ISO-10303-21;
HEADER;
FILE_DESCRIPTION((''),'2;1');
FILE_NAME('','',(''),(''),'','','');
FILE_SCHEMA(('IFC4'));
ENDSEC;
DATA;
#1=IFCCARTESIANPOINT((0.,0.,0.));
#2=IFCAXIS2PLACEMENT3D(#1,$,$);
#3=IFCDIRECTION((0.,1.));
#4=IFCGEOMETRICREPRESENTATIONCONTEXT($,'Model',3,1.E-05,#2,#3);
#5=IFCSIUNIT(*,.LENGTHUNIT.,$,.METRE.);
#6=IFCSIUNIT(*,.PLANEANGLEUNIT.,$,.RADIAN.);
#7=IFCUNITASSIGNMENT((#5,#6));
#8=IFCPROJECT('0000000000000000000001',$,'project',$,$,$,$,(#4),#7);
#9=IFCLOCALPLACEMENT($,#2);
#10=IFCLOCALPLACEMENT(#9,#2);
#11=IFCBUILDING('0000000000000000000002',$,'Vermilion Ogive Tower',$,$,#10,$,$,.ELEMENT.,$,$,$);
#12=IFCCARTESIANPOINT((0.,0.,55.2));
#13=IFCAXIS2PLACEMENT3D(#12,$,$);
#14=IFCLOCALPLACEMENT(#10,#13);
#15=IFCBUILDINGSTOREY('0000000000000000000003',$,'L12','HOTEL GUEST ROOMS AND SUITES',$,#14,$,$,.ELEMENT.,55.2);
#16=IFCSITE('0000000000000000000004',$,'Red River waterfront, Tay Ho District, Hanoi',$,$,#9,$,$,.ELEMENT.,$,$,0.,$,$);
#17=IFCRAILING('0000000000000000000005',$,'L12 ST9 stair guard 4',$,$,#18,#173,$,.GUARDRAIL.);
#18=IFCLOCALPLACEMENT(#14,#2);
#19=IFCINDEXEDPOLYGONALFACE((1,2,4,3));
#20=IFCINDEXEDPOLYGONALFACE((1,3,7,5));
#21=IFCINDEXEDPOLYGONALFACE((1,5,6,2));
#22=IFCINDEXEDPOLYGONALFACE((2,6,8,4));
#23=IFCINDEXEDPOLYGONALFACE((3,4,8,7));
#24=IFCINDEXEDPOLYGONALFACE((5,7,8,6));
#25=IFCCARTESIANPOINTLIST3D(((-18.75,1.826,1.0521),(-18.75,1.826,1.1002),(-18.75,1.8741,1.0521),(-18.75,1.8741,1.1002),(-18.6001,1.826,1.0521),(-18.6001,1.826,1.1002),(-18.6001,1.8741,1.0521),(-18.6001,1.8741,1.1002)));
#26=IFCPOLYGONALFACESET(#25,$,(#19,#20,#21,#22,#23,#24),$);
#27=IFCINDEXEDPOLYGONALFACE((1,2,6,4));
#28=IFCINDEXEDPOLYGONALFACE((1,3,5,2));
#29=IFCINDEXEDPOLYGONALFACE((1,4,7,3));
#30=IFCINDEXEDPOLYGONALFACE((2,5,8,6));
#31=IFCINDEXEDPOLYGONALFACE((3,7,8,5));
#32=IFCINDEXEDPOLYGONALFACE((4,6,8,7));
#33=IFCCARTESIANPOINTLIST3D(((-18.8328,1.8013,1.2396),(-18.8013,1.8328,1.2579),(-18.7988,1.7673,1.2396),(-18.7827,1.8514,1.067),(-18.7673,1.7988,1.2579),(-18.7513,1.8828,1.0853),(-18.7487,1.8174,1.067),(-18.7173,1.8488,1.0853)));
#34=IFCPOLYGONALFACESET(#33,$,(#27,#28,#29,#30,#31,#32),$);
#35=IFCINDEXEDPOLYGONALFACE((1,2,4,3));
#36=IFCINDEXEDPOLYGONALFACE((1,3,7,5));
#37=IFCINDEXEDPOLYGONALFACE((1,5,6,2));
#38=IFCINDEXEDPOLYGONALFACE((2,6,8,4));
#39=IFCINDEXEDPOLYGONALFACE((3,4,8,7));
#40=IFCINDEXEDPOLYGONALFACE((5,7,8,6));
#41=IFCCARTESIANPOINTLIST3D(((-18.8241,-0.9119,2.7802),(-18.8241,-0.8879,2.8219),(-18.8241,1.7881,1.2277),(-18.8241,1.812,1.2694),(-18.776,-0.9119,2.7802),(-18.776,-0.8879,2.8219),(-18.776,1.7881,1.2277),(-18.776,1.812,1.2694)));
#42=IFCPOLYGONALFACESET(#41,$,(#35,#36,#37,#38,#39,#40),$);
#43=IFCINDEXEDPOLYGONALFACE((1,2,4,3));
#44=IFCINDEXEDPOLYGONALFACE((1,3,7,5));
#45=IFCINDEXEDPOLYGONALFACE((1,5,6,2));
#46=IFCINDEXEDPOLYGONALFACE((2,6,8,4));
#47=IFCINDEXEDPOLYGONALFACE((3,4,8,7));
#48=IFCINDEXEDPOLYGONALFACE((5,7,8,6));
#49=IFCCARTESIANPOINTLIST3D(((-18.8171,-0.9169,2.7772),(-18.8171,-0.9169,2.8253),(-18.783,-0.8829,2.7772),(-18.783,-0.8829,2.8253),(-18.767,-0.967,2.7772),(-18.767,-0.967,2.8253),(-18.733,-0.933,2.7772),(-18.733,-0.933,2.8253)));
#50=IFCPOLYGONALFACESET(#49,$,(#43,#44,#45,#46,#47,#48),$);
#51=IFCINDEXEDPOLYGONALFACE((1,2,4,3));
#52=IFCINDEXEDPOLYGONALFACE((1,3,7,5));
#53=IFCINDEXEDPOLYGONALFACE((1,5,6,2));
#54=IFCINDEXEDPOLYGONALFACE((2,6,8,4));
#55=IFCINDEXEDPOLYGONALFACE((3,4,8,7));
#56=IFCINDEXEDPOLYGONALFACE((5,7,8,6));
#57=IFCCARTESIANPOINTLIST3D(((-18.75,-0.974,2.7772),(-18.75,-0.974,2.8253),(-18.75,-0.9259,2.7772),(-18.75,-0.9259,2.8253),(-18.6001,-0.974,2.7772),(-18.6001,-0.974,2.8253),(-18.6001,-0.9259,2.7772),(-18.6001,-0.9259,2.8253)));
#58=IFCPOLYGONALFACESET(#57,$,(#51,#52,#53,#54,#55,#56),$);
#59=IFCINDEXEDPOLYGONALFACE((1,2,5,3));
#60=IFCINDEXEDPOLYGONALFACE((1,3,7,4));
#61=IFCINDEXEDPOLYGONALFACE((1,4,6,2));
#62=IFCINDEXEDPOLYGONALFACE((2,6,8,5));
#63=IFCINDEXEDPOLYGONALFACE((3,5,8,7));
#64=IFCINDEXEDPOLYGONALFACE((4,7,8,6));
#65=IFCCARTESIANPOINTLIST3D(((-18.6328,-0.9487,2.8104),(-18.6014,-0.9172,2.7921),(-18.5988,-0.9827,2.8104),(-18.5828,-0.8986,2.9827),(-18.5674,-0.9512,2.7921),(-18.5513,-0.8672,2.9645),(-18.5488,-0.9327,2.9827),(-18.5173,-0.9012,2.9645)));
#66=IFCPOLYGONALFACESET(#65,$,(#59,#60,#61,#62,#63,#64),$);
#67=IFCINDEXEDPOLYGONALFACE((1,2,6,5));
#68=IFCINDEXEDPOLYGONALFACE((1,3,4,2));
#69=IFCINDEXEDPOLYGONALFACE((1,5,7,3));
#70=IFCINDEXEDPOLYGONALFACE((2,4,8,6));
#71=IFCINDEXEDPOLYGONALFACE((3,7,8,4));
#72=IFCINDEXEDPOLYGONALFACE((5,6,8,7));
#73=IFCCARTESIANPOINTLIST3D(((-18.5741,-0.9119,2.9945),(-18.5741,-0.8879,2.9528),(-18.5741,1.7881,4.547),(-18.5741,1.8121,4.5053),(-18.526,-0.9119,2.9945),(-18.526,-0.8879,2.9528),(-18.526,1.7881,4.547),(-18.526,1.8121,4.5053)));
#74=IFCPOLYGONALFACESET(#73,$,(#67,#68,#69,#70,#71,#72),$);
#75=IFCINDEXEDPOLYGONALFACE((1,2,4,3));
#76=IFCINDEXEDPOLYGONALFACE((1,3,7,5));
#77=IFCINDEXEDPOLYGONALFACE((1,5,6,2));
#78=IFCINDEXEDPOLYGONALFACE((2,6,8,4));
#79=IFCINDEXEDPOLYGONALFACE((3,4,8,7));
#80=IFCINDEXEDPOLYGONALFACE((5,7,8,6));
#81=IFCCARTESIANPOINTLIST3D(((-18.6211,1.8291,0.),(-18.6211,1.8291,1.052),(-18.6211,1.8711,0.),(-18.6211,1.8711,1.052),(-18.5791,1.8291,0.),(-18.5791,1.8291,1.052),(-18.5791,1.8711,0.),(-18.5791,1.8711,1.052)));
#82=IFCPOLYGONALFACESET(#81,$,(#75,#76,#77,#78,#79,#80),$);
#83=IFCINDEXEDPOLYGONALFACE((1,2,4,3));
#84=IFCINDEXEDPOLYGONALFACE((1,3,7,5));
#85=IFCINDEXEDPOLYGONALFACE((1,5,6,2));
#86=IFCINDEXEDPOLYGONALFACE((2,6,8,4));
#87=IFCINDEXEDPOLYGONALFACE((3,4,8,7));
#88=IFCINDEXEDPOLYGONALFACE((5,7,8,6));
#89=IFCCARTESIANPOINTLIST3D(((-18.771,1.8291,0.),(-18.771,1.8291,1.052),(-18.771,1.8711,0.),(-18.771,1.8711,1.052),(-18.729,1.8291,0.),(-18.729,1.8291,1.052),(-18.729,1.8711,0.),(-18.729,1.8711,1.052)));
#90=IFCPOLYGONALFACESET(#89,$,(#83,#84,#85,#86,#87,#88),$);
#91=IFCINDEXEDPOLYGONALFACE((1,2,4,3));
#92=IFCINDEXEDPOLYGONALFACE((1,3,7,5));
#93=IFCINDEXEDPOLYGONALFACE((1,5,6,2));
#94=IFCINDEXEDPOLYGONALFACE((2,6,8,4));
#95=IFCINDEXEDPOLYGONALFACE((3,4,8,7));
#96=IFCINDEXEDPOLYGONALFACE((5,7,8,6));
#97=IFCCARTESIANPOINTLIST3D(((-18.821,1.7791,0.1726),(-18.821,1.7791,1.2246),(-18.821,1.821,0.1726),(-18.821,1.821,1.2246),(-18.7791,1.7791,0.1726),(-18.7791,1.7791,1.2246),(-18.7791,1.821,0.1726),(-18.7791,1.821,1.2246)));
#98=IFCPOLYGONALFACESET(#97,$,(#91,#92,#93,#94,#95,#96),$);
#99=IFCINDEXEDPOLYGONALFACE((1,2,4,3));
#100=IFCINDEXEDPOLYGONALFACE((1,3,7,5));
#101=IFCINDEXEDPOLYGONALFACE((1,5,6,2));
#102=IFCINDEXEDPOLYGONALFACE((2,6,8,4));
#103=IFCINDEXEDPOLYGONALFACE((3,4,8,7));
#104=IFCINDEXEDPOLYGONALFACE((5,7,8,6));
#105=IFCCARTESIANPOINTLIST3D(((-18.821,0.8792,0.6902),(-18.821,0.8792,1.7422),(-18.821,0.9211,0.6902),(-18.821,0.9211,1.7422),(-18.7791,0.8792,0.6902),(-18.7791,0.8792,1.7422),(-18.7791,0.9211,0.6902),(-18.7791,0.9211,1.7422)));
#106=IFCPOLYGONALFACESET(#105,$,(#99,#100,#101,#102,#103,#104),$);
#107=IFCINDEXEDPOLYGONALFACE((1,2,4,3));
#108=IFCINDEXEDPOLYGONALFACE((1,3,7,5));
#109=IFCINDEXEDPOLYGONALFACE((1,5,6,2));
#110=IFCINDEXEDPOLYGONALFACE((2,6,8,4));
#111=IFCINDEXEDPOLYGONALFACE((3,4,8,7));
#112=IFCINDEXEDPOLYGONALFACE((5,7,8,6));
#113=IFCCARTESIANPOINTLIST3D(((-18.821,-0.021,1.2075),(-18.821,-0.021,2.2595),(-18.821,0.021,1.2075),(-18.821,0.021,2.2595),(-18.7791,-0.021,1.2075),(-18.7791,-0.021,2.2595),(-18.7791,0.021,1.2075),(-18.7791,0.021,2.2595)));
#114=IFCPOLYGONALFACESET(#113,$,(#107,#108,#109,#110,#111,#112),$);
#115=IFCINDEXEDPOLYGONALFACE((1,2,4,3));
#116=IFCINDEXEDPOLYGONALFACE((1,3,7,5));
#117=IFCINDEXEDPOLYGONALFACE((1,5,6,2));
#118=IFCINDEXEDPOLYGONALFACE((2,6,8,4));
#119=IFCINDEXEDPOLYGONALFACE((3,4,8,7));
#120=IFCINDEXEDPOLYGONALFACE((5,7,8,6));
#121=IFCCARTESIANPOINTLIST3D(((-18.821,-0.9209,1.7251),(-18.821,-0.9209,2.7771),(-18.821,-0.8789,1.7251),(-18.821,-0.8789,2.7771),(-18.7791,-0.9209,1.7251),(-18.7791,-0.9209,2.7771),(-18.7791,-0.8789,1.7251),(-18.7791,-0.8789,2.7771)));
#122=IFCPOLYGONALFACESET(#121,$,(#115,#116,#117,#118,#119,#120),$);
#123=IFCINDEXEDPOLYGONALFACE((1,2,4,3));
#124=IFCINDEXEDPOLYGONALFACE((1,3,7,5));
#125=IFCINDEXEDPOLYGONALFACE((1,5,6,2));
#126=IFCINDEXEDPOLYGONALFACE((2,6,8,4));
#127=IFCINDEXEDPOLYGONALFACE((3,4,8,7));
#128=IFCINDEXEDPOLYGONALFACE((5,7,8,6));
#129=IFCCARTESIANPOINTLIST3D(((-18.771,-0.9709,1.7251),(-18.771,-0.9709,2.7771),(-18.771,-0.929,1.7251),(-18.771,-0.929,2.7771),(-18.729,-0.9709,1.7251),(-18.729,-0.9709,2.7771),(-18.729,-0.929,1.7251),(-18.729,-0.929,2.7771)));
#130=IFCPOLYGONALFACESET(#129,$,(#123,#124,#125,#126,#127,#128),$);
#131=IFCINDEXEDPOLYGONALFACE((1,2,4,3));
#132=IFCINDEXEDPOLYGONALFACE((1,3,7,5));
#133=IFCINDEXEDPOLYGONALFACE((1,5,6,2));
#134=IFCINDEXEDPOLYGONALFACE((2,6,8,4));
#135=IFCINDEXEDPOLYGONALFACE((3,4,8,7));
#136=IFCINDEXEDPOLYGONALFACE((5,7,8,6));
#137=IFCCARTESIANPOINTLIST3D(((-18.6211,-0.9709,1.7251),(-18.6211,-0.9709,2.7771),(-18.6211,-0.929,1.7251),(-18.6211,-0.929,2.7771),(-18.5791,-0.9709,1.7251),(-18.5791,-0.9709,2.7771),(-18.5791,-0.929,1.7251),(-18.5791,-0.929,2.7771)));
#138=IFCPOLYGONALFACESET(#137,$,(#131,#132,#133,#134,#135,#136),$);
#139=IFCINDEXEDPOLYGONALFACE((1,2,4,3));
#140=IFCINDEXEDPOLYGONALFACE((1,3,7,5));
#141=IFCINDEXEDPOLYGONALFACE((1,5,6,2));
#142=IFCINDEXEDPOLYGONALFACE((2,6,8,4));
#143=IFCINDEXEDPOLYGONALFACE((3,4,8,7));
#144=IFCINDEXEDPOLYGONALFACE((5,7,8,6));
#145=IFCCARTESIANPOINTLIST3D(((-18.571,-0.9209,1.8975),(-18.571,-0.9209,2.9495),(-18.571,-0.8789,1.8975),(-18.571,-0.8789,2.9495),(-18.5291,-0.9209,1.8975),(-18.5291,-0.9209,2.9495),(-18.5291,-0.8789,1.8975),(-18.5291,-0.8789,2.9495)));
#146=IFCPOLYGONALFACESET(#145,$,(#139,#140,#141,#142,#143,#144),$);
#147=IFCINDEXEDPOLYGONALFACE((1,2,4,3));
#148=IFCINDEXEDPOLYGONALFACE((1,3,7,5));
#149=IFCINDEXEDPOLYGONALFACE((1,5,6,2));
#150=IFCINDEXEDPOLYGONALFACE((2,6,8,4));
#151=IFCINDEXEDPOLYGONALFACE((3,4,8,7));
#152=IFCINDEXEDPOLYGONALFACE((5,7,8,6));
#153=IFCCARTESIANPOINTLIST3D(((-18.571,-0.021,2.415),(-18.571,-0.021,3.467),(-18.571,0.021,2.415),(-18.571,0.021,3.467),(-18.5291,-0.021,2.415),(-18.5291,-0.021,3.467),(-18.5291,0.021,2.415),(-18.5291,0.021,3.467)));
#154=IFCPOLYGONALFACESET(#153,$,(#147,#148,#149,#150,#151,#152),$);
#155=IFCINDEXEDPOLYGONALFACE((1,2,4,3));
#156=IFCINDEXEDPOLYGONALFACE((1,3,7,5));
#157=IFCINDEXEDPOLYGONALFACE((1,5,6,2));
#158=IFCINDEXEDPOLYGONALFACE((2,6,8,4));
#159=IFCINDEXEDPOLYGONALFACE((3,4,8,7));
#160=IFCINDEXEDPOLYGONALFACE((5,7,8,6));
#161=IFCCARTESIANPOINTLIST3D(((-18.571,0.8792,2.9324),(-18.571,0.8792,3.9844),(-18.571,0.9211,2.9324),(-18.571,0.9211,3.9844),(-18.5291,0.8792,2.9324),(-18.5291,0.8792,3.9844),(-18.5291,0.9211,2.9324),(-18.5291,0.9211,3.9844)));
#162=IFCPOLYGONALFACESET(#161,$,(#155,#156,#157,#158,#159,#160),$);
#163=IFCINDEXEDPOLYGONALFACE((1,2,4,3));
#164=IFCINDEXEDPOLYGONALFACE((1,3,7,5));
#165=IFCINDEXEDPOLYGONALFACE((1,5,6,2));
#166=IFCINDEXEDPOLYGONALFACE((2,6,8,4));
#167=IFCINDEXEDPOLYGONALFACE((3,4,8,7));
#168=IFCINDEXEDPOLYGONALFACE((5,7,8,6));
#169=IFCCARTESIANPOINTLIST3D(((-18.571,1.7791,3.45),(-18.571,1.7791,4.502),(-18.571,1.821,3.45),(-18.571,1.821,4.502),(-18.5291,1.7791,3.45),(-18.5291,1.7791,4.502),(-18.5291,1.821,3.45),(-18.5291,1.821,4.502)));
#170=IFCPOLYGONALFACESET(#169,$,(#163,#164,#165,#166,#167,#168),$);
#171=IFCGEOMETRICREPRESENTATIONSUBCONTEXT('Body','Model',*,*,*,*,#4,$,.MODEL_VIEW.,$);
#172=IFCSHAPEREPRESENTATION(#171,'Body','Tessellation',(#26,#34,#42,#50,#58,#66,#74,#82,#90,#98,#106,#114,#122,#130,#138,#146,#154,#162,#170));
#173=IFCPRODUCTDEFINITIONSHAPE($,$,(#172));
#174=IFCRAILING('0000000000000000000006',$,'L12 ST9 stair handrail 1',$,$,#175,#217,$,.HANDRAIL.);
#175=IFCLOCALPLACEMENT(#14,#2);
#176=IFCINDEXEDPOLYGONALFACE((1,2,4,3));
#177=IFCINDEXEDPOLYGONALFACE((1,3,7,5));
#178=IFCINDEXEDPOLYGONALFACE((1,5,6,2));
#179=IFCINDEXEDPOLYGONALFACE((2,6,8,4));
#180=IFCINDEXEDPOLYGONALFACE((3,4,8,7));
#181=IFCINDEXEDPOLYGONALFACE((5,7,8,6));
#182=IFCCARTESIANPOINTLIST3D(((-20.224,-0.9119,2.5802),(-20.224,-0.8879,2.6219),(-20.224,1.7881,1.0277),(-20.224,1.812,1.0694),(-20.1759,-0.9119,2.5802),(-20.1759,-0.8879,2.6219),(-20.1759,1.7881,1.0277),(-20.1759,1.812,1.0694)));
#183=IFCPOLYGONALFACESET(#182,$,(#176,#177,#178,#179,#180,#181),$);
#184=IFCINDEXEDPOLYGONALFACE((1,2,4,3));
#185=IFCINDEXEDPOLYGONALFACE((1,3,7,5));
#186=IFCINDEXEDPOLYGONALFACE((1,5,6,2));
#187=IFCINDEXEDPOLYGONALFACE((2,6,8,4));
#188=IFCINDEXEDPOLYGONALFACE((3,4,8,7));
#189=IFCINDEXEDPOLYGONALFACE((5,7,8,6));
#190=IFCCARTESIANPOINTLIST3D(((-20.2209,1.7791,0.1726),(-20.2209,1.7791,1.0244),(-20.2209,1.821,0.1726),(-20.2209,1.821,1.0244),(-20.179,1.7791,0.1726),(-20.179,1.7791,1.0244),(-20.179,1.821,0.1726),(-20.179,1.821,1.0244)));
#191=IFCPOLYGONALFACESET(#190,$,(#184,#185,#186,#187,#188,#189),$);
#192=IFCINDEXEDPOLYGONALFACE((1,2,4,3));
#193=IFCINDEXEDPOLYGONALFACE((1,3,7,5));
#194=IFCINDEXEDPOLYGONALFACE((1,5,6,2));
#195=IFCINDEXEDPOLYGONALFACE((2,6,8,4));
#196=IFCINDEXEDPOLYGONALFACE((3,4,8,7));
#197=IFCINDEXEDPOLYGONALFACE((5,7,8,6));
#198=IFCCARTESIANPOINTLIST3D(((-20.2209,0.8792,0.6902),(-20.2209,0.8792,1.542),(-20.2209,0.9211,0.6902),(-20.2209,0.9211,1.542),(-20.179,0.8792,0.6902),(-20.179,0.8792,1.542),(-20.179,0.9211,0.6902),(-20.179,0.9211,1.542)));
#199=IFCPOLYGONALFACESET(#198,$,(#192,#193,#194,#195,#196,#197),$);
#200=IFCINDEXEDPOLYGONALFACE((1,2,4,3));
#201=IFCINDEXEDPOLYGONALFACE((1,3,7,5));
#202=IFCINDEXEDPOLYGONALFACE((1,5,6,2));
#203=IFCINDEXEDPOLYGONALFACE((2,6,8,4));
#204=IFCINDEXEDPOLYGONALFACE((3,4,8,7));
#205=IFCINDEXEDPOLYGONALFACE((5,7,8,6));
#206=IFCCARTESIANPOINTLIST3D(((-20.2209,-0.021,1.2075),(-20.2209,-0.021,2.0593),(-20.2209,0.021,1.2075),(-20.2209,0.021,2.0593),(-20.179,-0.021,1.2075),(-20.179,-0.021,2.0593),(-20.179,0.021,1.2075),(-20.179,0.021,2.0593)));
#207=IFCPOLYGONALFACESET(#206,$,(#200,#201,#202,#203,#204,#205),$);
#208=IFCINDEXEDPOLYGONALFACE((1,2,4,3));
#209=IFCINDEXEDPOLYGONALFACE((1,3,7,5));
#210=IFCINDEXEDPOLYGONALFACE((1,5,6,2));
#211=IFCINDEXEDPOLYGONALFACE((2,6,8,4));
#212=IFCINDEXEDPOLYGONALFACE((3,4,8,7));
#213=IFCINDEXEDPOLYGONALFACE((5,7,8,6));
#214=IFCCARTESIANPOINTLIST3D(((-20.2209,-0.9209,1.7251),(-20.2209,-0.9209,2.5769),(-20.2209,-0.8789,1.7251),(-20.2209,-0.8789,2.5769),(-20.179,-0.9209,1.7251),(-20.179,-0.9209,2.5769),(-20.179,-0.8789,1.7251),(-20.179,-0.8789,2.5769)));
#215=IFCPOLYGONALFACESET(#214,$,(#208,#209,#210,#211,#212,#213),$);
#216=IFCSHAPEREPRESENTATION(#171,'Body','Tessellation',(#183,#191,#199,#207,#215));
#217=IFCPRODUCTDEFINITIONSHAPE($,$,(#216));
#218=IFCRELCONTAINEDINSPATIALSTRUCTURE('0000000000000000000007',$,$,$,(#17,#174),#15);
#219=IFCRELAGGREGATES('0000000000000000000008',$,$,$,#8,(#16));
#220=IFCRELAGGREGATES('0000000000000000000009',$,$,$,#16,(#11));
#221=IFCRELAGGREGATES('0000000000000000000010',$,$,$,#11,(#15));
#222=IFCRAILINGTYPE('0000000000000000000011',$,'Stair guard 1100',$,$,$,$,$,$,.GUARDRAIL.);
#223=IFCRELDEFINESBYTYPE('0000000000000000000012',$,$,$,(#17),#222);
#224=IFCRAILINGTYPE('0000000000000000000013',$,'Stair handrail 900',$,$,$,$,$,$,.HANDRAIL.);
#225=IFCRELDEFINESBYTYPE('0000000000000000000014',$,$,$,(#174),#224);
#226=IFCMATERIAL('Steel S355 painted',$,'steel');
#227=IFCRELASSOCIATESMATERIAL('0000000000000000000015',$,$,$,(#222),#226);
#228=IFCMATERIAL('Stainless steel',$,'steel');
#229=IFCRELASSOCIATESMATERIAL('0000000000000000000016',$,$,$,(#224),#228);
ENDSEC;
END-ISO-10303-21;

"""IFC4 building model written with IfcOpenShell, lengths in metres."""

from ifc_helpers import new_model, si_unit, direction, frame, origin, origin_2d, place, context, subcontext, project, spatial, rectangle, extrude, material, type_object, element, save


model = new_model("IFC4")

# Units and contexts
model_context = context("Model", 3, precision=1e-05, world=origin(), true_north=direction((0.0, 1.0)))
body_context = subcontext(model_context, "Body", "Model", "MODEL_VIEW")
ifc_project = project(units=[si_unit("LENGTHUNIT", "METRE"), si_unit("PLANEANGLEUNIT", "RADIAN")], contexts=[model_context])

# Site, building, storey
site_placement = place(None, origin())
site = spatial("IfcSite", under=ifc_project, at=site_placement, Name="Red River waterfront, Tay Ho District, Hanoi", CompositionType="ELEMENT", RefElevation=0.0)
building_placement = place(site_placement, origin())
building = spatial("IfcBuilding", under=site, at=building_placement, Name="Vermilion Ogive Tower", CompositionType="ELEMENT")
storey_placement = place(building_placement, frame((0.0, 0.0, 55.2)))
storey = spatial("IfcBuildingStorey", under=building, at=storey_placement, Name="L12", Description="HOTEL GUEST ROOMS AND SUITES", CompositionType="ELEMENT", Elevation=55.2)

# Railings
ifc_material_1 = material(Name="Steel S355 painted", Category="steel")
railing_type_1 = type_object("IfcRailingType", Name="Stair guard 1100", PredefinedType="GUARDRAIL", material=ifc_material_1)
railing_1_placement = place(storey_placement, frame((-18.6001, 1.8501, 0.0)))
element("IfcRailing", 1, at=railing_1_placement, inside=storey, type_object=railing_type_1, Name="L12 ST9 stair guard 4", PredefinedType="GUARDRAIL", context=body_context, shape_type="SweptSolid", body=[
    extrude(rectangle(XDim=0.0481, YDim=0.0481, at=origin_2d()), frame((0.0, 0.0, 1.0762), z_axis=(-1.0, 0.0, 0.0), x_axis=(0.0, -1.0, 0.0)), (0.0, 0.0, 1.0), 0.1499),
    extrude(rectangle(XDim=0.0481, YDim=0.0481, at=origin_2d()), frame((-0.1499, 0.0, 1.0762), z_axis=(-0.268278, -0.268278, 0.925232), x_axis=(0.707107, -0.707107, 0.0)), (0.0, 0.0, 1.0), 0.1865),
    extrude(rectangle(XDim=0.0481, YDim=0.0481, at=origin_2d()), frame((-0.2, -0.05, 1.2485), z_axis=(0.0, -0.866904, 0.498476), x_axis=(1.0, 0.0, 0.0)), (0.0, 0.0, 1.0), 3.1145),
    extrude(rectangle(XDim=0.0481, YDim=0.0481, at=origin_2d()), frame((-0.2, -2.75, 2.8013), z_axis=(0.707107, -0.707107, 0.0), x_axis=(0.707107, 0.707107, 0.0)), (0.0, 0.0, 1.0), 0.0708),
    extrude(rectangle(XDim=0.0481, YDim=0.0481, at=origin_2d()), frame((-0.1499, -2.8, 2.8013), z_axis=(1.0, 0.0, 0.0), x_axis=(0.0, 1.0, 0.0)), (0.0, 0.0, 1.0), 0.1499),
    extrude(rectangle(XDim=0.0481, YDim=0.0481, at=origin_2d()), frame((0.0, -2.8, 2.8013), z_axis=(0.268603, 0.268603, 0.925043), x_axis=(-0.707107, 0.707107, 0.0)), (0.0, 0.0, 1.0), 0.1863),
    extrude(rectangle(XDim=0.0481, YDim=0.0481, at=origin_2d()), frame((0.05, -2.75, 2.9736), z_axis=(0.0, 0.866904, 0.498476), x_axis=(-1.0, 0.0, 0.0)), (0.0, 0.0, 1.0), 3.1145),
    extrude(rectangle(XDim=0.042, YDim=0.042, at=origin_2d()), origin(), (0.0, 0.0, 1.0), 1.052),
    extrude(rectangle(XDim=0.042, YDim=0.042, at=origin_2d()), frame((-0.1499, 0.0, 0.0)), (0.0, 0.0, 1.0), 1.052),
    extrude(rectangle(XDim=0.042, YDim=0.042, at=origin_2d()), frame((-0.2, -0.05, 0.1726)), (0.0, 0.0, 1.0), 1.052),
    extrude(rectangle(XDim=0.042, YDim=0.042, at=origin_2d()), frame((-0.2, -0.95, 0.6902)), (0.0, 0.0, 1.0), 1.052),
    extrude(rectangle(XDim=0.042, YDim=0.042, at=origin_2d()), frame((-0.2, -1.8501, 1.2075)), (0.0, 0.0, 1.0), 1.052),
    extrude(rectangle(XDim=0.042, YDim=0.042, at=origin_2d()), frame((-0.2, -2.75, 1.7251)), (0.0, 0.0, 1.0), 1.052),
    extrude(rectangle(XDim=0.042, YDim=0.042, at=origin_2d()), frame((-0.1499, -2.8, 1.7251)), (0.0, 0.0, 1.0), 1.052),
    extrude(rectangle(XDim=0.042, YDim=0.042, at=origin_2d()), frame((0.0, -2.8, 1.7251)), (0.0, 0.0, 1.0), 1.052),
    extrude(rectangle(XDim=0.042, YDim=0.042, at=origin_2d()), frame((0.05, -2.75, 1.8975)), (0.0, 0.0, 1.0), 1.052),
    extrude(rectangle(XDim=0.042, YDim=0.042, at=origin_2d()), frame((0.05, -1.8501, 2.415)), (0.0, 0.0, 1.0), 1.052),
    extrude(rectangle(XDim=0.042, YDim=0.042, at=origin_2d()), frame((0.05, -0.95, 2.9324)), (0.0, 0.0, 1.0), 1.052),
    extrude(rectangle(XDim=0.042, YDim=0.042, at=origin_2d()), frame((0.05, -0.05, 3.45)), (0.0, 0.0, 1.0), 1.052),
])
ifc_material_2 = material(Name="Stainless steel", Category="steel")
railing_type_2 = type_object("IfcRailingType", Name="Stair handrail 900", PredefinedType="HANDRAIL", material=ifc_material_2)
railing_2_placement = place(storey_placement, frame((-20.2, 1.8, 0.1726)))
element("IfcRailing", 2, at=railing_2_placement, inside=storey, type_object=railing_type_2, Name="L12 ST9 stair handrail 1", PredefinedType="HANDRAIL", context=body_context, shape_type="SweptSolid", body=[
    extrude(rectangle(XDim=0.0481, YDim=0.0481, at=origin_2d()), frame((0.0, 0.0, 0.876), z_axis=(0.0, -0.866904, 0.498476), x_axis=(1.0, 0.0, 0.0)), (0.0, 0.0, 1.0), 3.1145),
    extrude(rectangle(XDim=0.042, YDim=0.042, at=origin_2d()), origin(), (0.0, 0.0, 1.0), 0.8518),
    extrude(rectangle(XDim=0.042, YDim=0.042, at=origin_2d()), frame((0.0, -0.8999, 0.5176)), (0.0, 0.0, 1.0), 0.8518),
    extrude(rectangle(XDim=0.042, YDim=0.042, at=origin_2d()), frame((0.0, -1.8, 1.0349)), (0.0, 0.0, 1.0), 0.8518),
    extrude(rectangle(XDim=0.042, YDim=0.042, at=origin_2d()), frame((0.0, -2.7, 1.5525)), (0.0, 0.0, 1.0), 0.8518),
])

save(model, "model.ifc")
